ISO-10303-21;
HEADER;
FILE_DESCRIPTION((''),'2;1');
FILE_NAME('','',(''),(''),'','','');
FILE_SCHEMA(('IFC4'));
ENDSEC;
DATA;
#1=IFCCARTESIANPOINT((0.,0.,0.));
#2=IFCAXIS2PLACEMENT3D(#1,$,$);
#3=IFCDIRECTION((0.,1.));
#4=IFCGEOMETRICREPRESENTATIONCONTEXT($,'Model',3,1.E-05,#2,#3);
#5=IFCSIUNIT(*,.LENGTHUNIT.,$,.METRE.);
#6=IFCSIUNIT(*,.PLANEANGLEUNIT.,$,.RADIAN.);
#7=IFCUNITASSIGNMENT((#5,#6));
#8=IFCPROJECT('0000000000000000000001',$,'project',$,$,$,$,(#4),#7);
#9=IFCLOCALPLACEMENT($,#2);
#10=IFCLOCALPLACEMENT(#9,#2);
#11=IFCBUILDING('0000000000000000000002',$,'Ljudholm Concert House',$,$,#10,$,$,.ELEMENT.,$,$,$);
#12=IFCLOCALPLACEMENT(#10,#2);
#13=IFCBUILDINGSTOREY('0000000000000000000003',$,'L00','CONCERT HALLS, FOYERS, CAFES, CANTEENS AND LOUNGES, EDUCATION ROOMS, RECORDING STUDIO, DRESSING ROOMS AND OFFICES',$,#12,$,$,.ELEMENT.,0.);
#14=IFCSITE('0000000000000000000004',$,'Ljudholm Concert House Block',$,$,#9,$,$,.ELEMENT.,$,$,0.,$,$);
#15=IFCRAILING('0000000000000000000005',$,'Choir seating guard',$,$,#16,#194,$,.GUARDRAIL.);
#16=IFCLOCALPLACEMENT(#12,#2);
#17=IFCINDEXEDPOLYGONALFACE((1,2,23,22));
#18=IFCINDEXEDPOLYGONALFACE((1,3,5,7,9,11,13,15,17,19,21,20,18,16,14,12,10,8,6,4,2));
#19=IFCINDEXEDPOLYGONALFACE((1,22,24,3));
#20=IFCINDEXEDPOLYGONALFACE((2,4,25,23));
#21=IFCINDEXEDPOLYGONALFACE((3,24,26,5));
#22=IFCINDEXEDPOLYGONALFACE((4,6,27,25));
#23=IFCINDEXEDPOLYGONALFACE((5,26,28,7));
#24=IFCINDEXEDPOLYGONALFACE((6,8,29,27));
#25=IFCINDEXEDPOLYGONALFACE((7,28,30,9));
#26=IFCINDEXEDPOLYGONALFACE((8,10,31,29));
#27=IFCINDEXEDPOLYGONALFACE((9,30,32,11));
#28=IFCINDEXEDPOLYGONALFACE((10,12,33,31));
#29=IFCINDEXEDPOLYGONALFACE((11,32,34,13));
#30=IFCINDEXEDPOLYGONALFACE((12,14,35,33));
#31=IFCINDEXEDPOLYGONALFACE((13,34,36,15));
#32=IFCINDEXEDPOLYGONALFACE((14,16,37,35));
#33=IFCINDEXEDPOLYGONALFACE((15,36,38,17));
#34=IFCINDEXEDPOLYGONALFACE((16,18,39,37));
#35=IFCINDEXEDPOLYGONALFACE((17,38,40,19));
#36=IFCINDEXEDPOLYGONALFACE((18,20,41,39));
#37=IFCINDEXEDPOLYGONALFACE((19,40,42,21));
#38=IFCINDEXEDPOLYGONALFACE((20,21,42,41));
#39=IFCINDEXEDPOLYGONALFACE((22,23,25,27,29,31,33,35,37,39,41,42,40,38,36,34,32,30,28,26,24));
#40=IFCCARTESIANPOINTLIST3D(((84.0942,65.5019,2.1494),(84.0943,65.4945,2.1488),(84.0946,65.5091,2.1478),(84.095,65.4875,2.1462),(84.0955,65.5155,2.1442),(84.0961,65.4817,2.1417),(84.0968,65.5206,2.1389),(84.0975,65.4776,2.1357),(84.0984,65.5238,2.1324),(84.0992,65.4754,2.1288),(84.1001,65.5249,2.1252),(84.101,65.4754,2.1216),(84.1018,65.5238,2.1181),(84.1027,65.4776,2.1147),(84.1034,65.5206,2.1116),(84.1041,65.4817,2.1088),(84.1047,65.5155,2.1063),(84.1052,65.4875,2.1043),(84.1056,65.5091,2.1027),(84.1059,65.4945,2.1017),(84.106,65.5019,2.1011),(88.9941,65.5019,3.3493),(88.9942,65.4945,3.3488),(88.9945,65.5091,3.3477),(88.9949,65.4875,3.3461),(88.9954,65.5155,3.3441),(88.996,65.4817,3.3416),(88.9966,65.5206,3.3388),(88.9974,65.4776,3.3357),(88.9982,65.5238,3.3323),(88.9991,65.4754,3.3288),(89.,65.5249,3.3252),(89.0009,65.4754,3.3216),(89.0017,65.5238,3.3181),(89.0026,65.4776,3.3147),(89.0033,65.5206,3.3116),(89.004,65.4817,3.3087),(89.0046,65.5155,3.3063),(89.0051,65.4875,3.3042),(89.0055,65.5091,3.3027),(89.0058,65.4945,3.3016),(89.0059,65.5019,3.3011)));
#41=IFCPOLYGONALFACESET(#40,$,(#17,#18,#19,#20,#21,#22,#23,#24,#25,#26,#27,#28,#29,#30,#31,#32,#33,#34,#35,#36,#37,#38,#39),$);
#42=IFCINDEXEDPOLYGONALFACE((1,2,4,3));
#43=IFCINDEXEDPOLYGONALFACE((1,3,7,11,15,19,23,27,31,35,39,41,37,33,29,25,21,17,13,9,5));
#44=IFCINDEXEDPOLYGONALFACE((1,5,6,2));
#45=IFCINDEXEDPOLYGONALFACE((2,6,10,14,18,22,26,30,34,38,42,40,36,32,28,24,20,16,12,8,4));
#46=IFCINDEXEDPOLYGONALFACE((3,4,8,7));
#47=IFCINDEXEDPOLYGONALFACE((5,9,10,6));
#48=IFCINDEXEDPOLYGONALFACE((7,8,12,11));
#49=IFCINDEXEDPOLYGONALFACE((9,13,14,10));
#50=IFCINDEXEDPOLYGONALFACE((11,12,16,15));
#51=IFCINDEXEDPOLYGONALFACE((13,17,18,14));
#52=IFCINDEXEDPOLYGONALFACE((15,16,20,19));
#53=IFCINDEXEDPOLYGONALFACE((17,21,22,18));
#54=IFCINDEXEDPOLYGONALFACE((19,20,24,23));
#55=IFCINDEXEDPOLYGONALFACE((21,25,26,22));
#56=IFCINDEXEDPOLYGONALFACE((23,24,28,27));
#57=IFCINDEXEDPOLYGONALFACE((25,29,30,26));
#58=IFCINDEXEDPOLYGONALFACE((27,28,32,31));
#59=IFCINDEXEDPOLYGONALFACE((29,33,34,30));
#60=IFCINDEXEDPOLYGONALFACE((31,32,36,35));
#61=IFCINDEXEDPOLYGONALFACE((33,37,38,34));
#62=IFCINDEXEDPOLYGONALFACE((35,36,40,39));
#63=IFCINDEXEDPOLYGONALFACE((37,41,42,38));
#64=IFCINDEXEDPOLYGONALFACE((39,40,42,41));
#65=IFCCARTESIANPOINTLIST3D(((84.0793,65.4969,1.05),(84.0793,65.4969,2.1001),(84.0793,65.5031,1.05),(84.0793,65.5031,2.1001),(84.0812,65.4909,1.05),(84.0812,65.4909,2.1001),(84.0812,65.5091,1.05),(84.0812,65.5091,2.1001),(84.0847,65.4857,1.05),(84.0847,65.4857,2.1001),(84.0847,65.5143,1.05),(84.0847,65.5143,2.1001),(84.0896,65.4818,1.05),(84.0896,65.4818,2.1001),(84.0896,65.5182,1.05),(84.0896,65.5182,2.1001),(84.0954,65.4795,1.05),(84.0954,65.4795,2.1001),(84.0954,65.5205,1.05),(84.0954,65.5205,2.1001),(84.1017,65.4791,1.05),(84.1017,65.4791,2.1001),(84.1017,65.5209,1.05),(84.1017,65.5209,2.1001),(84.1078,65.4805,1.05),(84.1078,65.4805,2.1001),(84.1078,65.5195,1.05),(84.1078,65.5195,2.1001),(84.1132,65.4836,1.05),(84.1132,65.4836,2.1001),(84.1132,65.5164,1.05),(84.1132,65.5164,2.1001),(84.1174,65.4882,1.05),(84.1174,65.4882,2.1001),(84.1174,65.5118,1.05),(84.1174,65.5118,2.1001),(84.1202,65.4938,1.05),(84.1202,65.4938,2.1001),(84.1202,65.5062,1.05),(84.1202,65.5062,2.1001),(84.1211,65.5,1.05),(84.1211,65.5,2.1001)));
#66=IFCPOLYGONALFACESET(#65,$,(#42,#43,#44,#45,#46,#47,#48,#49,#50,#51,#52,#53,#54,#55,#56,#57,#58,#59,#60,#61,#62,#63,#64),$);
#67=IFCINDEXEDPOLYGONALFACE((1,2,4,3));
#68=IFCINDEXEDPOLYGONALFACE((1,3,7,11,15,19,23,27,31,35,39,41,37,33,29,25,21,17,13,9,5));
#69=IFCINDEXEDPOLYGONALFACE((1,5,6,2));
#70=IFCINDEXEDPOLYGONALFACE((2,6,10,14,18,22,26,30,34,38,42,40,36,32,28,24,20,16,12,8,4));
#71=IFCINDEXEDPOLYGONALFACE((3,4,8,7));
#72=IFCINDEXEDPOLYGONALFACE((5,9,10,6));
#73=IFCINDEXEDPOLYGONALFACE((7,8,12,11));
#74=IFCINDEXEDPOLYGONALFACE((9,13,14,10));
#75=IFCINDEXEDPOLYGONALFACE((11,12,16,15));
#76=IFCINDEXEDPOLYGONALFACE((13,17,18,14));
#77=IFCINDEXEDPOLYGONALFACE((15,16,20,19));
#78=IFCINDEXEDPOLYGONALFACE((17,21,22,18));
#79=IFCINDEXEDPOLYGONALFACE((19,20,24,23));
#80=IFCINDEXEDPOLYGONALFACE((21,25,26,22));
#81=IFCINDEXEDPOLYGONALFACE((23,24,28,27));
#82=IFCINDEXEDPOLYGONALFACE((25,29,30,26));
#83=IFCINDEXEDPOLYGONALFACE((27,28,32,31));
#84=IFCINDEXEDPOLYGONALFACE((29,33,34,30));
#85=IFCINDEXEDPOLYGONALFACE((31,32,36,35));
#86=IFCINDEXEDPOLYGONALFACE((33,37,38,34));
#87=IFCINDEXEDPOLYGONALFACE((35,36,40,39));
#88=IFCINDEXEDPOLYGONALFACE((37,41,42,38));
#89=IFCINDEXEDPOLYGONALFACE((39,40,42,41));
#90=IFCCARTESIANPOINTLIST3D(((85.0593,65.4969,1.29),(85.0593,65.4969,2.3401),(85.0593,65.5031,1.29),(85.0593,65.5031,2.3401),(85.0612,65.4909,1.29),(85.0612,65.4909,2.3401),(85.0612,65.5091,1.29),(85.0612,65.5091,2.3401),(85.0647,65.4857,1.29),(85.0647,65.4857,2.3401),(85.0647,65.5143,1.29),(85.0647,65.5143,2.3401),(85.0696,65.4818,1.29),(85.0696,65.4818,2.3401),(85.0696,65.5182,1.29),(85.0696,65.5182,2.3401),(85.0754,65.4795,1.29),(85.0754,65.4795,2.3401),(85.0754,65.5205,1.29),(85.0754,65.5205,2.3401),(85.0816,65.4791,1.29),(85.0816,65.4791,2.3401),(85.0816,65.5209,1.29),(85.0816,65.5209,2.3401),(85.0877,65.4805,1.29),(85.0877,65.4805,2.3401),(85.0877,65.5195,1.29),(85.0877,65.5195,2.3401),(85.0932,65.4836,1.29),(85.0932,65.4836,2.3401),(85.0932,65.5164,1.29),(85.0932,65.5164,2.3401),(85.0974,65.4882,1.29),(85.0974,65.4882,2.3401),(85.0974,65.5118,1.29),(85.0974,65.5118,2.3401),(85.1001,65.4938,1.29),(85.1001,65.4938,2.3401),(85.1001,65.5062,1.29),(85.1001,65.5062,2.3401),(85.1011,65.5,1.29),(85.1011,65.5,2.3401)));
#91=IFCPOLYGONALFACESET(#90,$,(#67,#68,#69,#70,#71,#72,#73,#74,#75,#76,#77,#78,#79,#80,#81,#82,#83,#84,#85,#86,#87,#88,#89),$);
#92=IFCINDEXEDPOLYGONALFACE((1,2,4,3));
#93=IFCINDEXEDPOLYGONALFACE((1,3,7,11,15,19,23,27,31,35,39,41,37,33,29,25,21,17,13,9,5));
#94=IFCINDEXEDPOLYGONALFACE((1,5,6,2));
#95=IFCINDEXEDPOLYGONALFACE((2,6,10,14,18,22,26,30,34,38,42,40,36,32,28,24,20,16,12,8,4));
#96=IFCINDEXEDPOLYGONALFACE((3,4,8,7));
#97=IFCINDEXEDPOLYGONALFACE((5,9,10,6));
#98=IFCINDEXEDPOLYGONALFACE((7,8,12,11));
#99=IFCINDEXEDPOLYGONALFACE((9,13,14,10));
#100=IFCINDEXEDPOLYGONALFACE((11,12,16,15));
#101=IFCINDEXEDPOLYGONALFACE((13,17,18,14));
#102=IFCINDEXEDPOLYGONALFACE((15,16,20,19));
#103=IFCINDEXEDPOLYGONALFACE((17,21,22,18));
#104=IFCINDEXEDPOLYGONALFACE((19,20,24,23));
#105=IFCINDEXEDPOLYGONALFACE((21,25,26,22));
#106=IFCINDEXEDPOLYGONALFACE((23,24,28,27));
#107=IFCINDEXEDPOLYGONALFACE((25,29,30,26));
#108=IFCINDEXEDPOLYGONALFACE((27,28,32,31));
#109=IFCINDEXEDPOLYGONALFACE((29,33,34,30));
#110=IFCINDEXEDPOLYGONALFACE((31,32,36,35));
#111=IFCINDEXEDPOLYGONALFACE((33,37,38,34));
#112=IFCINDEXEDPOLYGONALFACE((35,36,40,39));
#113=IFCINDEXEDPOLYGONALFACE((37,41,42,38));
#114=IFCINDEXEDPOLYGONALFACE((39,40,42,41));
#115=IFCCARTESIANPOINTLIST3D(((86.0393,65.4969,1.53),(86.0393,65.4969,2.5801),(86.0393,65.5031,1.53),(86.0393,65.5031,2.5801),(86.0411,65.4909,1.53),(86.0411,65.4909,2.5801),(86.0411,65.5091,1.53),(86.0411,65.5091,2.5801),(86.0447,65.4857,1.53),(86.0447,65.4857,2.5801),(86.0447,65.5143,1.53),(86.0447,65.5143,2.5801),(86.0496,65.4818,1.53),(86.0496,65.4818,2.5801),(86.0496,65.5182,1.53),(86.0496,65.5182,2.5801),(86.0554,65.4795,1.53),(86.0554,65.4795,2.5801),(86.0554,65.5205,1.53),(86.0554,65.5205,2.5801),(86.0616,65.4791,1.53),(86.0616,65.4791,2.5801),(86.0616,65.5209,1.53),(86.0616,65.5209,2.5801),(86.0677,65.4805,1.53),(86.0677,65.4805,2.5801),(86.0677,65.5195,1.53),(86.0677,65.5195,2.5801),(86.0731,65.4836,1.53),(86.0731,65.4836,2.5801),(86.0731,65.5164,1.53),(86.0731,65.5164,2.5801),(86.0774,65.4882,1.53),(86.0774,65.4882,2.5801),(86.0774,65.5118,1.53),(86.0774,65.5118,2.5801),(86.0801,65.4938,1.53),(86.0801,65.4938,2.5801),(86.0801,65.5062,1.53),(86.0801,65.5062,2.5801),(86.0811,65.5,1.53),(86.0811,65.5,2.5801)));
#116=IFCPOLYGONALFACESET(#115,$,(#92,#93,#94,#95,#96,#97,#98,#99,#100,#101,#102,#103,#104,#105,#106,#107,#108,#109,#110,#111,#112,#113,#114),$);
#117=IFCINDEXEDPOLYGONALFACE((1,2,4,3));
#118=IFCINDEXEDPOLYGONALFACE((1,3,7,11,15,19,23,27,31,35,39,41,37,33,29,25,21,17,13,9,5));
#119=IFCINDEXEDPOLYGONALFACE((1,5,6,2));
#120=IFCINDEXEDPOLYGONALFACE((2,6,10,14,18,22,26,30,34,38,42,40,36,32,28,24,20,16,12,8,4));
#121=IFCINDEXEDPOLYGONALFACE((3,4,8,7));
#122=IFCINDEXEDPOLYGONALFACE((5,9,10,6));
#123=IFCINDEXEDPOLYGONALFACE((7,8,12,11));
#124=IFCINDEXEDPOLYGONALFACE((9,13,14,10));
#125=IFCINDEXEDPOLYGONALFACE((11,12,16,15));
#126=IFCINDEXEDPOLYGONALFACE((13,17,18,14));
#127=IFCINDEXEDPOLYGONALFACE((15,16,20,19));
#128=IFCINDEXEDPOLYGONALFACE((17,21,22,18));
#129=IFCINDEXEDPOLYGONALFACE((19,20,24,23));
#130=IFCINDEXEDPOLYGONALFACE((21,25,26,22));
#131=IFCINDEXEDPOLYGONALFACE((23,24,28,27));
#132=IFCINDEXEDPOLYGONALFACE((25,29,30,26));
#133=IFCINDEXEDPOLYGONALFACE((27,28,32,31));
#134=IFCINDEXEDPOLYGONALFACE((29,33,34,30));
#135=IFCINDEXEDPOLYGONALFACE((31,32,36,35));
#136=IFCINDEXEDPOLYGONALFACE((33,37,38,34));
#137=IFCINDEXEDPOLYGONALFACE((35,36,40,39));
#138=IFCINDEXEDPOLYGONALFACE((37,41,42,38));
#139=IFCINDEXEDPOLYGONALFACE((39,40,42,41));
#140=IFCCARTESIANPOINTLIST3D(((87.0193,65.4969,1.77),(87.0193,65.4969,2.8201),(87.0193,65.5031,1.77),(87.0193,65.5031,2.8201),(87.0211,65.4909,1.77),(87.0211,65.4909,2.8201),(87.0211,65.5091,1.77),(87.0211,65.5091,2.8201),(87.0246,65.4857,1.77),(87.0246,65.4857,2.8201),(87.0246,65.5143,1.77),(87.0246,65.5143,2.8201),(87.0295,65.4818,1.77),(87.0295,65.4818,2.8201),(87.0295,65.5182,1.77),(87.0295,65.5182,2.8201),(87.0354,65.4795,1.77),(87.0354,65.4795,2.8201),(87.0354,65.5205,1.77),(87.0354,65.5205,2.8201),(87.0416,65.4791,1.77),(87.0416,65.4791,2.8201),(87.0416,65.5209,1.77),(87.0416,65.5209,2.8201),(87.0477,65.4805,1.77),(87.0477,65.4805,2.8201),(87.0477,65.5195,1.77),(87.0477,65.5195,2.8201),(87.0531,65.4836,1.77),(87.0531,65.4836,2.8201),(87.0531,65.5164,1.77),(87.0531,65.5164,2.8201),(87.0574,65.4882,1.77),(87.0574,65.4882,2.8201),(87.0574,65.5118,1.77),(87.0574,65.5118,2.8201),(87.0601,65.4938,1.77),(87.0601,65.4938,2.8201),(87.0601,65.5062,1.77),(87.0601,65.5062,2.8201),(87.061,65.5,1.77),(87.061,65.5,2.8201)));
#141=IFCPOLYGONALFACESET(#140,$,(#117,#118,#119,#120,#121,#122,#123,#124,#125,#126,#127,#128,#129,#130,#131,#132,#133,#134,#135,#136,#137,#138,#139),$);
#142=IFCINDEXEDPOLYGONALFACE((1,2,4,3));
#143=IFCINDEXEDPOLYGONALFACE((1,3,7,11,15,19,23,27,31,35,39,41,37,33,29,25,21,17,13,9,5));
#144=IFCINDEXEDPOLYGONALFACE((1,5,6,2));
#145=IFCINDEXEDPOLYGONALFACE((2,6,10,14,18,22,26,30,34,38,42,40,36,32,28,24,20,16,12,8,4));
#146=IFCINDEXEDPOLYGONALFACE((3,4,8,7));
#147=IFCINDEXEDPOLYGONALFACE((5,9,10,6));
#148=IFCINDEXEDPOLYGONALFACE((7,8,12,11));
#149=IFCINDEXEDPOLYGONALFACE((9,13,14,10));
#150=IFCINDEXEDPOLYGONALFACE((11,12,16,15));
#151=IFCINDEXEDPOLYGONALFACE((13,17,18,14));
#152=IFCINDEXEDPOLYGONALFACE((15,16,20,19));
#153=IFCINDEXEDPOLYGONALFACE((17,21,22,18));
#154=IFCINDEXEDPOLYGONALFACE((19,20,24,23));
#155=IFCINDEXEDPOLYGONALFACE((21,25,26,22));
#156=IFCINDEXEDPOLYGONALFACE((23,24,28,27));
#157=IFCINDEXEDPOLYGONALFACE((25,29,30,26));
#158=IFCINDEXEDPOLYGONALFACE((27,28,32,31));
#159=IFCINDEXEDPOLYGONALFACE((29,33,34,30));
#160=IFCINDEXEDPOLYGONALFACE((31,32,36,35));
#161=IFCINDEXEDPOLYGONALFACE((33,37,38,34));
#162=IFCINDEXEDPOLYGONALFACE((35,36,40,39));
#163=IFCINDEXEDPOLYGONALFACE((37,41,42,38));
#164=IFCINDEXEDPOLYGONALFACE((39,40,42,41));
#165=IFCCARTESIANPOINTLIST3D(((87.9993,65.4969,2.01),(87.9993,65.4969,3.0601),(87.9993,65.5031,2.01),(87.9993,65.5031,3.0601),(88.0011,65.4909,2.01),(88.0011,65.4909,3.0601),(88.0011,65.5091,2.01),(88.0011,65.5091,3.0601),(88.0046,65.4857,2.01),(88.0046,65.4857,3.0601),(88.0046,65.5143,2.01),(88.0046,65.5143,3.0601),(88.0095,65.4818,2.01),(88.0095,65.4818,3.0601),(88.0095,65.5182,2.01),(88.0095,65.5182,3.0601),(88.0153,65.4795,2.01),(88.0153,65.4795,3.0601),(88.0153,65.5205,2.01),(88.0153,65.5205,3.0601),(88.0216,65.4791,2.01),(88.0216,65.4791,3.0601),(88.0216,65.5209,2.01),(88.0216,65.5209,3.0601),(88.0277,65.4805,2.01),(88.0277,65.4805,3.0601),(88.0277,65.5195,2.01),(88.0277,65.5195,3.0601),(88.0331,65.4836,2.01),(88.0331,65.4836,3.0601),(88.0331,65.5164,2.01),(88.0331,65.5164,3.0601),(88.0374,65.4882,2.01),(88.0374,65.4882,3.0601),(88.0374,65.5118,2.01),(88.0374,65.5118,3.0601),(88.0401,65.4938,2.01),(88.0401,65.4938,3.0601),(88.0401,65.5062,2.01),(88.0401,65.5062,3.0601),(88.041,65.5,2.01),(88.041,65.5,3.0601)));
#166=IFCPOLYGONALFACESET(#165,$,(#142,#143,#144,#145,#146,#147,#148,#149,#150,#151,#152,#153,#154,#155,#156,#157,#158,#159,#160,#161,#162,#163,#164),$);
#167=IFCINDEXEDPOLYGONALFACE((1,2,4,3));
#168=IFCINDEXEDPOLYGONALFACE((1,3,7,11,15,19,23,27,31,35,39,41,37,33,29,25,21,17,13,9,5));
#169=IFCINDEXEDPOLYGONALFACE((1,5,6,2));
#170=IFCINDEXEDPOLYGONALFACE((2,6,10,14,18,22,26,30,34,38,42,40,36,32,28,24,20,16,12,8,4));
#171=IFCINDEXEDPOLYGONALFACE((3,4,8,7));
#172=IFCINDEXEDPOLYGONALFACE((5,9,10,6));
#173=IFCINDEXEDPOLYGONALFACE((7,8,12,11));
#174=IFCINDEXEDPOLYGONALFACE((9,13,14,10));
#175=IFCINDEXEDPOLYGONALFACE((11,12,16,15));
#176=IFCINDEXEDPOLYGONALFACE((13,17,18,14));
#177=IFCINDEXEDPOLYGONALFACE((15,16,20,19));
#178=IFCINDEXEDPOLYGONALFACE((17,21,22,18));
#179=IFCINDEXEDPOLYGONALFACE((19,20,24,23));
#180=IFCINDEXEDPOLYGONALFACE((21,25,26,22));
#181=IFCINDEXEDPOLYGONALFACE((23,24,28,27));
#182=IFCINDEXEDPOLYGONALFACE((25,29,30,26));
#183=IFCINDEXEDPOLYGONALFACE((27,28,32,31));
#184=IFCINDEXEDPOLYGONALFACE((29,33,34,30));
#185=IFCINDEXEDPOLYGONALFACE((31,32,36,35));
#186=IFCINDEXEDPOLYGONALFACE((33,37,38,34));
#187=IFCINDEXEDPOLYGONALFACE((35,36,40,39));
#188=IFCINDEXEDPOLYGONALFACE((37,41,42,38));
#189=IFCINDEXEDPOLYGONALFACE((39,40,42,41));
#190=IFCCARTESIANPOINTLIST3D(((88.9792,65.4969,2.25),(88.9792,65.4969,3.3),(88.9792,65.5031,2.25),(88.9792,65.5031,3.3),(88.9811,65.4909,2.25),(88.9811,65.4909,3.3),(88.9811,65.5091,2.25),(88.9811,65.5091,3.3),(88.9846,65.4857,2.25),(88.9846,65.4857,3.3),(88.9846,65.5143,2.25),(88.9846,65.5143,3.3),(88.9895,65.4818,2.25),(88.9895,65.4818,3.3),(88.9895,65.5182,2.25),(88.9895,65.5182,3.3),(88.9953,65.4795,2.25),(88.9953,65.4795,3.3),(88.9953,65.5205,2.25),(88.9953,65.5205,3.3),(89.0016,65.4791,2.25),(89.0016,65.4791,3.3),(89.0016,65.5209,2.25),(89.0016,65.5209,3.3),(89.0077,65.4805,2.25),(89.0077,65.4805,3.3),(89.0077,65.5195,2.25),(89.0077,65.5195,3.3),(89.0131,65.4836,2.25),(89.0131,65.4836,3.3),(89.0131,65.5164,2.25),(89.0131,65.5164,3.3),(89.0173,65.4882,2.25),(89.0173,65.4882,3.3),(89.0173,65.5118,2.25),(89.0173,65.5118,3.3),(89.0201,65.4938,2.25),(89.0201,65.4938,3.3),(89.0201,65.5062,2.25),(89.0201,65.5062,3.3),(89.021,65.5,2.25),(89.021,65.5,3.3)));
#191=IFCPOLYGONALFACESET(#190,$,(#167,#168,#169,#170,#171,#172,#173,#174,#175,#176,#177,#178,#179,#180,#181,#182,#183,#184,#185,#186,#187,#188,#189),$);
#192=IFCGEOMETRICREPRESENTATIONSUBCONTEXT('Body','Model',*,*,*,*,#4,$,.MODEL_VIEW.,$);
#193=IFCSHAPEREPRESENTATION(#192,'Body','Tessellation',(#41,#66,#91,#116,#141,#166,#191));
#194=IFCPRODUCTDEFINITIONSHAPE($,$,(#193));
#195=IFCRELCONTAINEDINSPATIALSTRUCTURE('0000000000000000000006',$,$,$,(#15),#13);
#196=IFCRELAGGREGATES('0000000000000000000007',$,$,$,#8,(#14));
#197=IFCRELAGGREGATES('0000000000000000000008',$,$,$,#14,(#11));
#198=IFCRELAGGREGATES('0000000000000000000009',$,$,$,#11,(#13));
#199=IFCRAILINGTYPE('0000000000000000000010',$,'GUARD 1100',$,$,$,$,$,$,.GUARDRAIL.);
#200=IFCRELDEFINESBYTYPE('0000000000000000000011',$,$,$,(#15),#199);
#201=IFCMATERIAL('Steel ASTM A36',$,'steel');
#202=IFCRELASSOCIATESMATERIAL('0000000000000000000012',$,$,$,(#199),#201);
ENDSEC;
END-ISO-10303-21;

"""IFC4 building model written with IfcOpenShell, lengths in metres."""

from ifc_helpers import new_model, si_unit, direction, frame, origin, origin_2d, place, context, subcontext, project, spatial, circle, extrude, material, type_object, element, save


model = new_model("IFC4")

# Units and contexts
model_context = context("Model", 3, precision=1e-05, world=origin(), true_north=direction((0.0, 1.0)))
body_context = subcontext(model_context, "Body", "Model", "MODEL_VIEW")
ifc_project = project(units=[si_unit("LENGTHUNIT", "METRE"), si_unit("PLANEANGLEUNIT", "RADIAN")], contexts=[model_context])

# Site, building, storey
site_placement = place(None, origin())
site = spatial("IfcSite", under=ifc_project, at=site_placement, Name="Ljudholm Concert House Block", CompositionType="ELEMENT", RefElevation=0.0)
building_placement = place(site_placement, origin())
building = spatial("IfcBuilding", under=site, at=building_placement, Name="Ljudholm Concert House", CompositionType="ELEMENT")
storey_placement = place(building_placement, origin())
storey = spatial("IfcBuildingStorey", under=building, at=storey_placement, Name="L00", Description="CONCERT HALLS, FOYERS, CAFES, CANTEENS AND LOUNGES, EDUCATION ROOMS, RECORDING STUDIO, DRESSING ROOMS AND OFFICES", CompositionType="ELEMENT", Elevation=0.0)

# Railing
ifc_material_1 = material(Name="Steel ASTM A36", Category="steel")
railing_type_1 = type_object("IfcRailingType", Name="GUARD 1100", PredefinedType="GUARDRAIL", material=ifc_material_1)
railing_1_placement = place(storey_placement, frame((84.1001, 65.5, 1.05)))
element("IfcRailing", 1, at=railing_1_placement, inside=storey, type_object=railing_type_1, Name="Choir seating guard", PredefinedType="GUARDRAIL", context=body_context, shape_type="SweptSolid", body=[
    extrude(circle(Radius=0.0249, at=origin_2d()), frame((0.0, 0.0, 1.0752), z_axis=(0.971298, 0.0, 0.237864), x_axis=(0.0, 1.0, 0.0)), (0.0, 0.0, 1.0), 5.0447),
    extrude(circle(Radius=0.021, at=origin_2d()), origin(), (0.0, 0.0, 1.0), 1.05),
    extrude(circle(Radius=0.021, at=origin_2d()), frame((0.98, 0.0, 0.24)), (0.0, 0.0, 1.0), 1.05),
    extrude(circle(Radius=0.021, at=origin_2d()), frame((1.96, 0.0, 0.48)), (0.0, 0.0, 1.0), 1.05),
    extrude(circle(Radius=0.021, at=origin_2d()), frame((2.9399, 0.0, 0.72)), (0.0, 0.0, 1.0), 1.05),
    extrude(circle(Radius=0.021, at=origin_2d()), frame((3.9199, 0.0, 0.96)), (0.0, 0.0, 1.0), 1.05),
    extrude(circle(Radius=0.021, at=origin_2d()), frame((4.8999, 0.0, 1.2)), (0.0, 0.0, 1.0), 1.05),
])

save(model, "model.ifc")
